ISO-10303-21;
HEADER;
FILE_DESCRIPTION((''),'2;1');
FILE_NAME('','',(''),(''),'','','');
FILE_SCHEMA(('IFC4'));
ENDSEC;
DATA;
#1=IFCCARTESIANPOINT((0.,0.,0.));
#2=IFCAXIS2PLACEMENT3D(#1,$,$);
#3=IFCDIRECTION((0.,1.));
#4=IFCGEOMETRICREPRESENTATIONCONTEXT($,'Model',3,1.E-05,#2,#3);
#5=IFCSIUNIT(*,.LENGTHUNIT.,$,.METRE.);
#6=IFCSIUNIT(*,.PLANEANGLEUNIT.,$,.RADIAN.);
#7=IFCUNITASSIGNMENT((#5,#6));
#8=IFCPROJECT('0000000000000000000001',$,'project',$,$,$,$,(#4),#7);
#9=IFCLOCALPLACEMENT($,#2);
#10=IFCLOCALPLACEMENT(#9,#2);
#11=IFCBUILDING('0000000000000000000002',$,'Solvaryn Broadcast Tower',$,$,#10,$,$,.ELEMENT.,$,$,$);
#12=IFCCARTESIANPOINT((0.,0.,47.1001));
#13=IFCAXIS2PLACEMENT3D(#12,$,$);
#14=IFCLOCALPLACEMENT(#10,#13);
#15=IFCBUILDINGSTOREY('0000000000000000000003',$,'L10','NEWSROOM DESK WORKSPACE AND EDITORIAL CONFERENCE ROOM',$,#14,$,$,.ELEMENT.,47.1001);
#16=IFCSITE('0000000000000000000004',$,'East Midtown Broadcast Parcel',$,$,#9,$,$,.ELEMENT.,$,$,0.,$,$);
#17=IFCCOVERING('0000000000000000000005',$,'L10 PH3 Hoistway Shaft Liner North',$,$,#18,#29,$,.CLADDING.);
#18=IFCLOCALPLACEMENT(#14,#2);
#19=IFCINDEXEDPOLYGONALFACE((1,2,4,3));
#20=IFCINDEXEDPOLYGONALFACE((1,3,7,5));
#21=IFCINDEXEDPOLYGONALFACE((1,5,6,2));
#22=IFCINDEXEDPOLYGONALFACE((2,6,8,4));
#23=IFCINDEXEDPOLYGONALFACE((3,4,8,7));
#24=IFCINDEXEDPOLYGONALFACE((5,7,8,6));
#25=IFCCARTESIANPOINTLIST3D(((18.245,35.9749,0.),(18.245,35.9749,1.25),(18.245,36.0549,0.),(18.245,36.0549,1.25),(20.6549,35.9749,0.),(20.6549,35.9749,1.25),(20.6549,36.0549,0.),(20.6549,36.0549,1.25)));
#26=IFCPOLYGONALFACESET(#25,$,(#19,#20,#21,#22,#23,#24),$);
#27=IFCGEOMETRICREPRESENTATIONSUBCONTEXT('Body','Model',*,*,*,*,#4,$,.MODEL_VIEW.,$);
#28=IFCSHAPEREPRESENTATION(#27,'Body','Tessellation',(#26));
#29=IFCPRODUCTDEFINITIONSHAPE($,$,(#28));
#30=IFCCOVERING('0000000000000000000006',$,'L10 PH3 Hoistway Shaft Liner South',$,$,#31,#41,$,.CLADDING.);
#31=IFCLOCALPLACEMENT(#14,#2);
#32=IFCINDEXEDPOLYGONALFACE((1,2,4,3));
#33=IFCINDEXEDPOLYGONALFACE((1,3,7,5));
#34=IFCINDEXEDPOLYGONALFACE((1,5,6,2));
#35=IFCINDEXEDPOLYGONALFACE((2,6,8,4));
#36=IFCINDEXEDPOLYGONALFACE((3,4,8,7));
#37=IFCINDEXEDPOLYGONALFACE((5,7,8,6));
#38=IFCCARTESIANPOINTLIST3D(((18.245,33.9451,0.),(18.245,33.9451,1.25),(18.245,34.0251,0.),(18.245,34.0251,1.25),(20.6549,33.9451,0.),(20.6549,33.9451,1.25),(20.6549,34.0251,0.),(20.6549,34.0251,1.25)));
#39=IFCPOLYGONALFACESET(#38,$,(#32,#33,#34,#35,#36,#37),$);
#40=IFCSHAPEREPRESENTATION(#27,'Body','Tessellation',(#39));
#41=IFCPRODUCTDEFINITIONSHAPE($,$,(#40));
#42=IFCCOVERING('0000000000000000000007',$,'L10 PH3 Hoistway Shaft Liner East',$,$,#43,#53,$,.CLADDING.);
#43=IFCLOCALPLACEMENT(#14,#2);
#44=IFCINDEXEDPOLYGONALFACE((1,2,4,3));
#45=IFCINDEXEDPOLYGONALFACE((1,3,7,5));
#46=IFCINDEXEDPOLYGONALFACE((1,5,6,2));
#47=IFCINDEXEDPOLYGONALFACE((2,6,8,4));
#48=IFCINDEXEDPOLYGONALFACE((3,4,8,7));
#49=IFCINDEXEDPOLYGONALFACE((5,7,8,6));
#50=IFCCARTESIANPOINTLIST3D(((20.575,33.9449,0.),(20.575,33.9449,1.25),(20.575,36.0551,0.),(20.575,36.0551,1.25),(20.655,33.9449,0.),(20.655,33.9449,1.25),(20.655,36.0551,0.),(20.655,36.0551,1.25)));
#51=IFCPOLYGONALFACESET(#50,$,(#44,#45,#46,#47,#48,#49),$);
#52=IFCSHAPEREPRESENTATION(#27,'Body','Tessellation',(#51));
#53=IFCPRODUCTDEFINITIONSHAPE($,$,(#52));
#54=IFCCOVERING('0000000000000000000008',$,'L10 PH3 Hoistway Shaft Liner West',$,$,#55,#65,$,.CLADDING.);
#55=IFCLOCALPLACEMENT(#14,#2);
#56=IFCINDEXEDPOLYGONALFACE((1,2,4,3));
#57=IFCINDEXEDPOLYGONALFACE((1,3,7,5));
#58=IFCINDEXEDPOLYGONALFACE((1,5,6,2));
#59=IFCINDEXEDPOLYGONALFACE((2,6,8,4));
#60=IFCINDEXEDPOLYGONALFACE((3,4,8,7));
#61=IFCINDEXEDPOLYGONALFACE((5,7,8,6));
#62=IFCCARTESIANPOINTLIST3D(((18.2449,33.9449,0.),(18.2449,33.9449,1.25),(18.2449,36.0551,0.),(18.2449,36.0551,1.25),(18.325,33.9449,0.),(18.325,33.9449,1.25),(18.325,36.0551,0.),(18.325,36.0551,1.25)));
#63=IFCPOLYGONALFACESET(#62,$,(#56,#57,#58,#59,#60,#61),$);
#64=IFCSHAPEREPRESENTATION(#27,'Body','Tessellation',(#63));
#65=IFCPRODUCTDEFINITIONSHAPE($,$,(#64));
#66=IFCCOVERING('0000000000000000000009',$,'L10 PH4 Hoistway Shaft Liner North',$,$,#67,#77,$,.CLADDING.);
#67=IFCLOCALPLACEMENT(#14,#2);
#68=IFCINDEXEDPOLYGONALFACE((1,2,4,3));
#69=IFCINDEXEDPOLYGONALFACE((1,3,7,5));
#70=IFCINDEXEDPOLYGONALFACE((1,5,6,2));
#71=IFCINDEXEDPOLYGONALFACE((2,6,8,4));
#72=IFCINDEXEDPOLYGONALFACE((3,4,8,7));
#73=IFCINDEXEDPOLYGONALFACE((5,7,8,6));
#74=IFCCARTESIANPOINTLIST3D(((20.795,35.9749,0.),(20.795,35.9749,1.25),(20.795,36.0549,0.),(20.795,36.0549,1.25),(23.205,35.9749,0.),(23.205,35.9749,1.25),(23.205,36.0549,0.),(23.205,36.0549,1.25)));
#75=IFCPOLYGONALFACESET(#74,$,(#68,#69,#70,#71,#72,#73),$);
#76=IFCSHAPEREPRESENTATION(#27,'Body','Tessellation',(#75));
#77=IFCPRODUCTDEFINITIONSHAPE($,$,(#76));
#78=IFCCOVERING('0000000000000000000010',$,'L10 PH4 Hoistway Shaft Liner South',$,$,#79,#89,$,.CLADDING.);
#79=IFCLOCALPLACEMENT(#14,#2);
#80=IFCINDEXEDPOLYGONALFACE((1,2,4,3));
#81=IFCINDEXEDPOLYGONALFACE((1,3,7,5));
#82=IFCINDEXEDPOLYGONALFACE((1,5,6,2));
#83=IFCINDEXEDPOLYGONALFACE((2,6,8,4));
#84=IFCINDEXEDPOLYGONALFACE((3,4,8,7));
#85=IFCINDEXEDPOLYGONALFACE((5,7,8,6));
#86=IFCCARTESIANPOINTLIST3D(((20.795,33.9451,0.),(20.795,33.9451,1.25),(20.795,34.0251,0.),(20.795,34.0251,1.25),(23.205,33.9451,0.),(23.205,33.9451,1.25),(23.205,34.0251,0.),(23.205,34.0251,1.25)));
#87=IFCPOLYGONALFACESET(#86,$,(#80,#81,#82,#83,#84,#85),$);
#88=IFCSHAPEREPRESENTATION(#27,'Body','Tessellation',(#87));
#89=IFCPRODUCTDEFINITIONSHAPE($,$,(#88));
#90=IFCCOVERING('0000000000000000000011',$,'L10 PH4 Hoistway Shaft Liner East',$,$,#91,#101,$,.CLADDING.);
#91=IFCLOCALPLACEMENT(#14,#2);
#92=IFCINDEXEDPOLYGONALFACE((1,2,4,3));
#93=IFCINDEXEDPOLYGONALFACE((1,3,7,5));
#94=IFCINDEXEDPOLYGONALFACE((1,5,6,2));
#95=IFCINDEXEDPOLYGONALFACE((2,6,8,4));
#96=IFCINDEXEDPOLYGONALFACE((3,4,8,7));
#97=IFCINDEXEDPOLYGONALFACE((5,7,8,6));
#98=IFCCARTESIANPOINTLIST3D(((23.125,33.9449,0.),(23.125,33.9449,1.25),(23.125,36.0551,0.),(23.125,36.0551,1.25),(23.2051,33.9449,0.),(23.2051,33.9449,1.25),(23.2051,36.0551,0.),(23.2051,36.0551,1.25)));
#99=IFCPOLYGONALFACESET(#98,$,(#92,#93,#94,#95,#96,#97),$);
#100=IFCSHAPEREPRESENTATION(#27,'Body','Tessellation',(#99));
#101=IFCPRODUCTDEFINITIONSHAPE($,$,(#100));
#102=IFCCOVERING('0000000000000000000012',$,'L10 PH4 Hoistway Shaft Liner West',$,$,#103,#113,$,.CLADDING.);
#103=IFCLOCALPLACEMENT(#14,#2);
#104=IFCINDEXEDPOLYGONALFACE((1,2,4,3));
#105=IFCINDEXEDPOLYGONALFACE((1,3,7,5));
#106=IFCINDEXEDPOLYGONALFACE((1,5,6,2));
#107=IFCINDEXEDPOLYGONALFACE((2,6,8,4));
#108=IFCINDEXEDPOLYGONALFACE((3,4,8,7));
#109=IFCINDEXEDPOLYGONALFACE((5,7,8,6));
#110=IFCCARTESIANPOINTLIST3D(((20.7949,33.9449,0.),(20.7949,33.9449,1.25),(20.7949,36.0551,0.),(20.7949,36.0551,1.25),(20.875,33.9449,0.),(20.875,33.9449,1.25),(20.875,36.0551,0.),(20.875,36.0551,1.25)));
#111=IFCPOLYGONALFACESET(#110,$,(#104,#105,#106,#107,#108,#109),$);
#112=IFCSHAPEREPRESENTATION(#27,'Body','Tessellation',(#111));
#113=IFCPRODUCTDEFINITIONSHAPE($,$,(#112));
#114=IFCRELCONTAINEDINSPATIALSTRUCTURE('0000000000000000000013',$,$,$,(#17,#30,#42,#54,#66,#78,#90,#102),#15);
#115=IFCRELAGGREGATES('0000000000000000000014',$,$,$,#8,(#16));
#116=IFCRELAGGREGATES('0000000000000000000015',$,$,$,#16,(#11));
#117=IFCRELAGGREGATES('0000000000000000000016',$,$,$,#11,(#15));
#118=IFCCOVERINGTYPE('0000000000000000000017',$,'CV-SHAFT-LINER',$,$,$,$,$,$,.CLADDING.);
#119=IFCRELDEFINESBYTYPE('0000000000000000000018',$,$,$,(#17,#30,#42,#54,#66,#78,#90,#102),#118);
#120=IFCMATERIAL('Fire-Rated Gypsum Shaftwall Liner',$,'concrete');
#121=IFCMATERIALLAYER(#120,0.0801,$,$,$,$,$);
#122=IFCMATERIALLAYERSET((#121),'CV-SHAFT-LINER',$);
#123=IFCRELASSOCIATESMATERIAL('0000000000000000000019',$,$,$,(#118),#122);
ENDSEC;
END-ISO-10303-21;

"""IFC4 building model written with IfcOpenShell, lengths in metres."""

from ifc_helpers import new_model, si_unit, direction, frame, origin, origin_2d, place, context, subcontext, project, spatial, rectangle, extrude, material, layer, layer_set, type_object, element, save


model = new_model("IFC4")

# Units and contexts
model_context = context("Model", 3, precision=1e-05, world=origin(), true_north=direction((0.0, 1.0)))
body_context = subcontext(model_context, "Body", "Model", "MODEL_VIEW")
ifc_project = project(units=[si_unit("LENGTHUNIT", "METRE"), si_unit("PLANEANGLEUNIT", "RADIAN")], contexts=[model_context])

# Site, building, storey
site_placement = place(None, origin())
site = spatial("IfcSite", under=ifc_project, at=site_placement, Name="East Midtown Broadcast Parcel", CompositionType="ELEMENT", RefElevation=0.0)
building_placement = place(site_placement, origin())
building = spatial("IfcBuilding", under=site, at=building_placement, Name="Solvaryn Broadcast Tower", CompositionType="ELEMENT")
storey_placement = place(building_placement, frame((0.0, 0.0, 47.1001)))
storey = spatial("IfcBuildingStorey", under=building, at=storey_placement, Name="L10", Description="NEWSROOM DESK WORKSPACE AND EDITORIAL CONFERENCE ROOM", CompositionType="ELEMENT", Elevation=47.1001)

# Coverings
ifc_material_1 = material(Name="Fire-Rated Gypsum Shaftwall Liner", Category="concrete")
ifc_layer_1 = layer(ifc_material_1, 0.0801)
ifc_layer_set_1 = layer_set([ifc_layer_1], Name="CV-SHAFT-LINER")
covering_type = type_object("IfcCoveringType", Name="CV-SHAFT-LINER", PredefinedType="CLADDING", material=ifc_layer_set_1)
for number, where, z_axis, x_axis, name in (
    (1, (19.45, 36.0149, 0.0), (0.0, 0.0, 1.0), (1.0, 0.0, 0.0), "L10 PH3 Hoistway Shaft Liner North"),
    (2, (19.45, 33.9851, 0.0), (0.0, 0.0, 1.0), (1.0, 0.0, 0.0), "L10 PH3 Hoistway Shaft Liner South"),
):
    element("IfcCovering", number, at=place(storey_placement, frame(where, z_axis=z_axis, x_axis=x_axis)), inside=storey, type_object=covering_type, Name=name, PredefinedType="CLADDING", context=body_context, shape_type="SweptSolid", body=[
        extrude(rectangle(XDim=2.4099, YDim=0.0801, at=origin_2d()), origin(), (0.0, 0.0, 1.0), 1.25),
    ])
for number, where, z_axis, x_axis, name in (
    (3, (20.615, 35.0, 0.0), (0.0, 0.0, 1.0), (1.0, 0.0, 0.0), "L10 PH3 Hoistway Shaft Liner East"),
    (4, (18.2849, 35.0, 0.0), (0.0, 0.0, 1.0), (1.0, 0.0, 0.0), "L10 PH3 Hoistway Shaft Liner West"),
):
    element("IfcCovering", number, at=place(storey_placement, frame(where, z_axis=z_axis, x_axis=x_axis)), inside=storey, type_object=covering_type, Name=name, PredefinedType="CLADDING", context=body_context, shape_type="SweptSolid", body=[
        extrude(rectangle(XDim=0.0801, YDim=2.1101, at=origin_2d()), origin(), (0.0, 0.0, 1.0), 1.25),
    ])
for number, where, z_axis, x_axis, name in (
    (5, (22.0, 36.0149, 0.0), (0.0, 0.0, 1.0), (1.0, 0.0, 0.0), "L10 PH4 Hoistway Shaft Liner North"),
    (6, (22.0, 33.9851, 0.0), (0.0, 0.0, 1.0), (1.0, 0.0, 0.0), "L10 PH4 Hoistway Shaft Liner South"),
):
    element("IfcCovering", number, at=place(storey_placement, frame(where, z_axis=z_axis, x_axis=x_axis)), inside=storey, type_object=covering_type, Name=name, PredefinedType="CLADDING", context=body_context, shape_type="SweptSolid", body=[
        extrude(rectangle(XDim=2.4099, YDim=0.0801, at=origin_2d()), origin(), (0.0, 0.0, 1.0), 1.25),
    ])
for number, where, z_axis, x_axis, name in (
    (7, (23.165, 35.0, 0.0), (0.0, 0.0, 1.0), (1.0, 0.0, 0.0), "L10 PH4 Hoistway Shaft Liner East"),
    (8, (20.835, 35.0, 0.0), (0.0, 0.0, 1.0), (1.0, 0.0, 0.0), "L10 PH4 Hoistway Shaft Liner West"),
):
    element("IfcCovering", number, at=place(storey_placement, frame(where, z_axis=z_axis, x_axis=x_axis)), inside=storey, type_object=covering_type, Name=name, PredefinedType="CLADDING", context=body_context, shape_type="SweptSolid", body=[
        extrude(rectangle(XDim=0.0801, YDim=2.1101, at=origin_2d()), origin(), (0.0, 0.0, 1.0), 1.25),
    ])

save(model, "model.ifc")
